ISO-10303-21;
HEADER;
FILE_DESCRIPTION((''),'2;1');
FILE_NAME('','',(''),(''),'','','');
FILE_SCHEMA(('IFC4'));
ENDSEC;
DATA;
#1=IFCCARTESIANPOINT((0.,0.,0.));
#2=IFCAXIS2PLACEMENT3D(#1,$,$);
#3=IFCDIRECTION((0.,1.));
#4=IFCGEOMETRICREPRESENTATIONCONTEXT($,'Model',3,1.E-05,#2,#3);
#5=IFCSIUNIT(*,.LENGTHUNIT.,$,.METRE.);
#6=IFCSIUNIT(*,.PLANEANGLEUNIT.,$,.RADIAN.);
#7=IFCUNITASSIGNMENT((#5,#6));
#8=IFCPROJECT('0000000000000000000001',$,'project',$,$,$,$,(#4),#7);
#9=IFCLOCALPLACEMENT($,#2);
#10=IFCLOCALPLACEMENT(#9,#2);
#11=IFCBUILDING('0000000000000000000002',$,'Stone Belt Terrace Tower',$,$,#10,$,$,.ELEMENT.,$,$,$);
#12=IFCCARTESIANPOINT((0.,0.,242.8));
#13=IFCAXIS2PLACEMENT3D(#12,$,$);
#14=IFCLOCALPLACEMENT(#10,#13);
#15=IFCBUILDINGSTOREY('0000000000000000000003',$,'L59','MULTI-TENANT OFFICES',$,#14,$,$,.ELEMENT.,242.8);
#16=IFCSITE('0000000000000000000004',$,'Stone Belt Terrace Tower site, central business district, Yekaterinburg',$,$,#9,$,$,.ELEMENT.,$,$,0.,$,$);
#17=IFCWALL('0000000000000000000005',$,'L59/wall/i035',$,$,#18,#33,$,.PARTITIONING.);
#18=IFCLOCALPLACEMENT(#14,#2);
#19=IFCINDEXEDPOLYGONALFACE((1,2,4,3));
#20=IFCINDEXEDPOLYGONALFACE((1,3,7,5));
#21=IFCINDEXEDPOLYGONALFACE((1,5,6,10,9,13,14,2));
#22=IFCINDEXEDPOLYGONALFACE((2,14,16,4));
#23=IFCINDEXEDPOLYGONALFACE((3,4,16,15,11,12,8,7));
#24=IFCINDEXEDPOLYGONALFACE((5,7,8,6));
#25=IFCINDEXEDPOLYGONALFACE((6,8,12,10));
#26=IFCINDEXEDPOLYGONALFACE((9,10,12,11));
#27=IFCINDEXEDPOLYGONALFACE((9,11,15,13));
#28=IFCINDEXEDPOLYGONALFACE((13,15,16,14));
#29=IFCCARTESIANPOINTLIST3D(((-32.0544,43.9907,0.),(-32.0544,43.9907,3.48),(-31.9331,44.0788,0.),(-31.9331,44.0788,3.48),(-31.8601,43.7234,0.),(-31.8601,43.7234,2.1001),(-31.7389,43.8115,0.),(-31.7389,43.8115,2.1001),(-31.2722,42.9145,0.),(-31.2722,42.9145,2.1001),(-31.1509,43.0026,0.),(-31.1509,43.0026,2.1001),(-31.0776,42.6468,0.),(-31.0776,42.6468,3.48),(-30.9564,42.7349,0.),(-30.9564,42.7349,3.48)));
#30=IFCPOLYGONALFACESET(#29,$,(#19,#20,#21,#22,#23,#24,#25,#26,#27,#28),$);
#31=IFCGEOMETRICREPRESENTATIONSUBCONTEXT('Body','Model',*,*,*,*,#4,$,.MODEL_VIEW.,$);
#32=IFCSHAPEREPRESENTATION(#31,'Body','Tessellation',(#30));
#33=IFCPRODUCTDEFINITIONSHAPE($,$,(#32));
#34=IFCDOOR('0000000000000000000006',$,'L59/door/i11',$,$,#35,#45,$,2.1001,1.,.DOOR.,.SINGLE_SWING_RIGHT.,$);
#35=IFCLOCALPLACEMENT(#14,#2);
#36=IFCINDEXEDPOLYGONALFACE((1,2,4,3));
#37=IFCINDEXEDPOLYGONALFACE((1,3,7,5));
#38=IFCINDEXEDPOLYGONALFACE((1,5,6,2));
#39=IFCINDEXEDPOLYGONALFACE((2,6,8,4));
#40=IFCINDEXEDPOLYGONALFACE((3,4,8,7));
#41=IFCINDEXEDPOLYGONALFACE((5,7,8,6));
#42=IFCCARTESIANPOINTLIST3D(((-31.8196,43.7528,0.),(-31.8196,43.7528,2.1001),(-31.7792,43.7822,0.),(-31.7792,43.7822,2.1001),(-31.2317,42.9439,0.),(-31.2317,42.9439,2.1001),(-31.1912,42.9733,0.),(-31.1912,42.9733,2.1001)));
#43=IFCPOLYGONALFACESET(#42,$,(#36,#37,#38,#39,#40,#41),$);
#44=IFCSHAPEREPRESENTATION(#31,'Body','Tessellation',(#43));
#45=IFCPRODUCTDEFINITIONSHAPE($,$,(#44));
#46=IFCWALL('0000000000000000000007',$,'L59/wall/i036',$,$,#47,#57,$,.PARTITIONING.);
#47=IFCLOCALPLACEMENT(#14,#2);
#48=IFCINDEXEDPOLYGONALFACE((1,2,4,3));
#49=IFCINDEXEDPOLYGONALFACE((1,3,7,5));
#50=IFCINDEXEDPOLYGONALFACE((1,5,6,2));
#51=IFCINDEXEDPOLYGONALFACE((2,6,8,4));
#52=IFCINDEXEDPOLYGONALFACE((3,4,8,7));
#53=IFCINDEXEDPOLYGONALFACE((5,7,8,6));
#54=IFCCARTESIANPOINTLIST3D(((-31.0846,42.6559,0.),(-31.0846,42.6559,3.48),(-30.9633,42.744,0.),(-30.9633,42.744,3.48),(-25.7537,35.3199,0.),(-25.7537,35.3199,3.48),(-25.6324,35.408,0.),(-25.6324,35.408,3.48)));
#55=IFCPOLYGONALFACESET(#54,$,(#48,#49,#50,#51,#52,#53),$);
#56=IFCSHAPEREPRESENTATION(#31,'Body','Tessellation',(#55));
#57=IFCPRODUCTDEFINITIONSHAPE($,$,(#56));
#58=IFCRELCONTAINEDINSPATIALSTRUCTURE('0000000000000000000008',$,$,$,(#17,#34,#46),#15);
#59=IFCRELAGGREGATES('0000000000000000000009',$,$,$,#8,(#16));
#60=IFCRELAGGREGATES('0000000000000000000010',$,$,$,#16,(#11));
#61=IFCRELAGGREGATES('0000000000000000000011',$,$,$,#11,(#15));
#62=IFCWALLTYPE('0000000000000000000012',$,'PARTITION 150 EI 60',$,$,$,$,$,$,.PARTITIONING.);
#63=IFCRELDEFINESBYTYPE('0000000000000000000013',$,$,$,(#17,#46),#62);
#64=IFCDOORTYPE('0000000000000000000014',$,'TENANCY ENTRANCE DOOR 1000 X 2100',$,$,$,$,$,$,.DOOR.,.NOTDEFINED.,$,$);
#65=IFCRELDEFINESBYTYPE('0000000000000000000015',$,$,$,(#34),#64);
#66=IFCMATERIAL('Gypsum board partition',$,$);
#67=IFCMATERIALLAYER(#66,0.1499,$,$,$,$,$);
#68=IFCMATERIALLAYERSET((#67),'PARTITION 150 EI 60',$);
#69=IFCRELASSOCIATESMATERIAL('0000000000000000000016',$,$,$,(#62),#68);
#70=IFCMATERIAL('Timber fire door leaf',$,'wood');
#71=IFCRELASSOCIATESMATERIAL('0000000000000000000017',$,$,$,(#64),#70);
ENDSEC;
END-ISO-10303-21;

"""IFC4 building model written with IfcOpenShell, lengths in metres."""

from ifc_helpers import new_model, si_unit, direction, frame, frame_2d, origin, place, context, subcontext, project, spatial, rectangle, extrude, material, layer, layer_set, type_object, element, fill, save


model = new_model("IFC4")

# Units and contexts
model_context = context("Model", 3, precision=1e-05, world=origin(), true_north=direction((0.0, 1.0)))
body_context = subcontext(model_context, "Body", "Model", "MODEL_VIEW")
ifc_project = project(units=[si_unit("LENGTHUNIT", "METRE"), si_unit("PLANEANGLEUNIT", "RADIAN")], contexts=[model_context])

# Site, building, storey
site_placement = place(None, origin())
site = spatial("IfcSite", under=ifc_project, at=site_placement, Name="Stone Belt Terrace Tower site, central business district, Yekaterinburg", CompositionType="ELEMENT", RefElevation=0.0)
building_placement = place(site_placement, origin())
building = spatial("IfcBuilding", under=site, at=building_placement, Name="Stone Belt Terrace Tower", CompositionType="ELEMENT")
storey_placement = place(building_placement, frame((0.0, 0.0, 242.8)))
storey = spatial("IfcBuildingStorey", under=building, at=storey_placement, Name="L59", Description="MULTI-TENANT OFFICES", CompositionType="ELEMENT", Elevation=242.8)

# Shared definitions
ifc_material_1 = material(Name="Gypsum board partition")
ifc_layer_1 = layer(ifc_material_1, 0.1499)
ifc_layer_set_1 = layer_set([ifc_layer_1], Name="PARTITION 150 EI 60")
wall_type_1 = type_object("IfcWallType", Name="PARTITION 150 EI 60", PredefinedType="PARTITIONING", material=ifc_layer_set_1)

# Wall, opening, door
wall_1_placement = place(storey_placement, frame((-31.0171, 42.6909, 0.0), z_axis=(0.0, 0.0, 1.0), x_axis=(-0.587918, 0.80892, 0.0)))
wall_1 = element("IfcWall", 1, at=wall_1_placement, inside=storey, type_object=wall_type_1, Name="L59/wall/i035", PredefinedType="PARTITIONING", context=body_context, shape_type="SweptSolid", body=[
    extrude(rectangle(XDim=1.6614, YDim=0.1499, at=frame_2d((0.8306, 0.0))), origin(), (0.0, 0.0, 1.0), 3.48),
])
opening_1_placement = place(wall_1_placement, frame((0.3308, 0.0, 0.0)))
opening_1 = element("IfcOpeningElement", 2, at=opening_1_placement, cuts=wall_1, PredefinedType="OPENING", context=body_context, shape_type="SweptSolid", body=[
    extrude(rectangle(XDim=1.0, YDim=2.1001, at=frame_2d((0.5, 1.05))), frame((0.0, 0.085, 0.0), z_axis=(0.0, -1.0, 0.0), x_axis=(1.0, 0.0, 0.0)), (0.0, 0.0, 1.0), 0.1699),
])
ifc_material_2 = material(Name="Timber fire door leaf", Category="wood")
door_type_1 = type_object("IfcDoorType", Name="TENANCY ENTRANCE DOOR 1000 X 2100", OperationType="NOTDEFINED", PredefinedType="DOOR", material=ifc_material_2)
door_1_placement = place(opening_1_placement, origin())
door_1 = element("IfcDoor", 3, at=door_1_placement, inside=storey, type_object=door_type_1, Name="L59/door/i11", OperationType="SINGLE_SWING_RIGHT", OverallHeight=2.1001, OverallWidth=1.0, PredefinedType="DOOR", context=body_context, shape_type="SweptSolid", body=[
    extrude(rectangle(XDim=1.0, YDim=2.1001, at=frame_2d((0.5, 1.05))), frame((0.0, 0.0249, 0.0), z_axis=(0.0, -1.0, 0.0), x_axis=(1.0, 0.0, 0.0)), (0.0, 0.0, 1.0), 0.05),
])
fill(opening_1, door_1)

# Wall
wall_2_placement = place(storey_placement, frame((-31.0239, 42.7, 0.0), z_axis=(0.0, 0.0, 1.0), x_axis=(0.587853, -0.808968, 0.0)))
element("IfcWall", 4, at=wall_2_placement, inside=storey, type_object=wall_type_1, Name="L59/wall/i036", PredefinedType="PARTITIONING", context=body_context, shape_type="SweptSolid", body=[
    extrude(rectangle(XDim=9.0684, YDim=0.1499, at=frame_2d((4.5342, 0.0))), origin(), (0.0, 0.0, 1.0), 3.48),
])

save(model, "model.ifc")
